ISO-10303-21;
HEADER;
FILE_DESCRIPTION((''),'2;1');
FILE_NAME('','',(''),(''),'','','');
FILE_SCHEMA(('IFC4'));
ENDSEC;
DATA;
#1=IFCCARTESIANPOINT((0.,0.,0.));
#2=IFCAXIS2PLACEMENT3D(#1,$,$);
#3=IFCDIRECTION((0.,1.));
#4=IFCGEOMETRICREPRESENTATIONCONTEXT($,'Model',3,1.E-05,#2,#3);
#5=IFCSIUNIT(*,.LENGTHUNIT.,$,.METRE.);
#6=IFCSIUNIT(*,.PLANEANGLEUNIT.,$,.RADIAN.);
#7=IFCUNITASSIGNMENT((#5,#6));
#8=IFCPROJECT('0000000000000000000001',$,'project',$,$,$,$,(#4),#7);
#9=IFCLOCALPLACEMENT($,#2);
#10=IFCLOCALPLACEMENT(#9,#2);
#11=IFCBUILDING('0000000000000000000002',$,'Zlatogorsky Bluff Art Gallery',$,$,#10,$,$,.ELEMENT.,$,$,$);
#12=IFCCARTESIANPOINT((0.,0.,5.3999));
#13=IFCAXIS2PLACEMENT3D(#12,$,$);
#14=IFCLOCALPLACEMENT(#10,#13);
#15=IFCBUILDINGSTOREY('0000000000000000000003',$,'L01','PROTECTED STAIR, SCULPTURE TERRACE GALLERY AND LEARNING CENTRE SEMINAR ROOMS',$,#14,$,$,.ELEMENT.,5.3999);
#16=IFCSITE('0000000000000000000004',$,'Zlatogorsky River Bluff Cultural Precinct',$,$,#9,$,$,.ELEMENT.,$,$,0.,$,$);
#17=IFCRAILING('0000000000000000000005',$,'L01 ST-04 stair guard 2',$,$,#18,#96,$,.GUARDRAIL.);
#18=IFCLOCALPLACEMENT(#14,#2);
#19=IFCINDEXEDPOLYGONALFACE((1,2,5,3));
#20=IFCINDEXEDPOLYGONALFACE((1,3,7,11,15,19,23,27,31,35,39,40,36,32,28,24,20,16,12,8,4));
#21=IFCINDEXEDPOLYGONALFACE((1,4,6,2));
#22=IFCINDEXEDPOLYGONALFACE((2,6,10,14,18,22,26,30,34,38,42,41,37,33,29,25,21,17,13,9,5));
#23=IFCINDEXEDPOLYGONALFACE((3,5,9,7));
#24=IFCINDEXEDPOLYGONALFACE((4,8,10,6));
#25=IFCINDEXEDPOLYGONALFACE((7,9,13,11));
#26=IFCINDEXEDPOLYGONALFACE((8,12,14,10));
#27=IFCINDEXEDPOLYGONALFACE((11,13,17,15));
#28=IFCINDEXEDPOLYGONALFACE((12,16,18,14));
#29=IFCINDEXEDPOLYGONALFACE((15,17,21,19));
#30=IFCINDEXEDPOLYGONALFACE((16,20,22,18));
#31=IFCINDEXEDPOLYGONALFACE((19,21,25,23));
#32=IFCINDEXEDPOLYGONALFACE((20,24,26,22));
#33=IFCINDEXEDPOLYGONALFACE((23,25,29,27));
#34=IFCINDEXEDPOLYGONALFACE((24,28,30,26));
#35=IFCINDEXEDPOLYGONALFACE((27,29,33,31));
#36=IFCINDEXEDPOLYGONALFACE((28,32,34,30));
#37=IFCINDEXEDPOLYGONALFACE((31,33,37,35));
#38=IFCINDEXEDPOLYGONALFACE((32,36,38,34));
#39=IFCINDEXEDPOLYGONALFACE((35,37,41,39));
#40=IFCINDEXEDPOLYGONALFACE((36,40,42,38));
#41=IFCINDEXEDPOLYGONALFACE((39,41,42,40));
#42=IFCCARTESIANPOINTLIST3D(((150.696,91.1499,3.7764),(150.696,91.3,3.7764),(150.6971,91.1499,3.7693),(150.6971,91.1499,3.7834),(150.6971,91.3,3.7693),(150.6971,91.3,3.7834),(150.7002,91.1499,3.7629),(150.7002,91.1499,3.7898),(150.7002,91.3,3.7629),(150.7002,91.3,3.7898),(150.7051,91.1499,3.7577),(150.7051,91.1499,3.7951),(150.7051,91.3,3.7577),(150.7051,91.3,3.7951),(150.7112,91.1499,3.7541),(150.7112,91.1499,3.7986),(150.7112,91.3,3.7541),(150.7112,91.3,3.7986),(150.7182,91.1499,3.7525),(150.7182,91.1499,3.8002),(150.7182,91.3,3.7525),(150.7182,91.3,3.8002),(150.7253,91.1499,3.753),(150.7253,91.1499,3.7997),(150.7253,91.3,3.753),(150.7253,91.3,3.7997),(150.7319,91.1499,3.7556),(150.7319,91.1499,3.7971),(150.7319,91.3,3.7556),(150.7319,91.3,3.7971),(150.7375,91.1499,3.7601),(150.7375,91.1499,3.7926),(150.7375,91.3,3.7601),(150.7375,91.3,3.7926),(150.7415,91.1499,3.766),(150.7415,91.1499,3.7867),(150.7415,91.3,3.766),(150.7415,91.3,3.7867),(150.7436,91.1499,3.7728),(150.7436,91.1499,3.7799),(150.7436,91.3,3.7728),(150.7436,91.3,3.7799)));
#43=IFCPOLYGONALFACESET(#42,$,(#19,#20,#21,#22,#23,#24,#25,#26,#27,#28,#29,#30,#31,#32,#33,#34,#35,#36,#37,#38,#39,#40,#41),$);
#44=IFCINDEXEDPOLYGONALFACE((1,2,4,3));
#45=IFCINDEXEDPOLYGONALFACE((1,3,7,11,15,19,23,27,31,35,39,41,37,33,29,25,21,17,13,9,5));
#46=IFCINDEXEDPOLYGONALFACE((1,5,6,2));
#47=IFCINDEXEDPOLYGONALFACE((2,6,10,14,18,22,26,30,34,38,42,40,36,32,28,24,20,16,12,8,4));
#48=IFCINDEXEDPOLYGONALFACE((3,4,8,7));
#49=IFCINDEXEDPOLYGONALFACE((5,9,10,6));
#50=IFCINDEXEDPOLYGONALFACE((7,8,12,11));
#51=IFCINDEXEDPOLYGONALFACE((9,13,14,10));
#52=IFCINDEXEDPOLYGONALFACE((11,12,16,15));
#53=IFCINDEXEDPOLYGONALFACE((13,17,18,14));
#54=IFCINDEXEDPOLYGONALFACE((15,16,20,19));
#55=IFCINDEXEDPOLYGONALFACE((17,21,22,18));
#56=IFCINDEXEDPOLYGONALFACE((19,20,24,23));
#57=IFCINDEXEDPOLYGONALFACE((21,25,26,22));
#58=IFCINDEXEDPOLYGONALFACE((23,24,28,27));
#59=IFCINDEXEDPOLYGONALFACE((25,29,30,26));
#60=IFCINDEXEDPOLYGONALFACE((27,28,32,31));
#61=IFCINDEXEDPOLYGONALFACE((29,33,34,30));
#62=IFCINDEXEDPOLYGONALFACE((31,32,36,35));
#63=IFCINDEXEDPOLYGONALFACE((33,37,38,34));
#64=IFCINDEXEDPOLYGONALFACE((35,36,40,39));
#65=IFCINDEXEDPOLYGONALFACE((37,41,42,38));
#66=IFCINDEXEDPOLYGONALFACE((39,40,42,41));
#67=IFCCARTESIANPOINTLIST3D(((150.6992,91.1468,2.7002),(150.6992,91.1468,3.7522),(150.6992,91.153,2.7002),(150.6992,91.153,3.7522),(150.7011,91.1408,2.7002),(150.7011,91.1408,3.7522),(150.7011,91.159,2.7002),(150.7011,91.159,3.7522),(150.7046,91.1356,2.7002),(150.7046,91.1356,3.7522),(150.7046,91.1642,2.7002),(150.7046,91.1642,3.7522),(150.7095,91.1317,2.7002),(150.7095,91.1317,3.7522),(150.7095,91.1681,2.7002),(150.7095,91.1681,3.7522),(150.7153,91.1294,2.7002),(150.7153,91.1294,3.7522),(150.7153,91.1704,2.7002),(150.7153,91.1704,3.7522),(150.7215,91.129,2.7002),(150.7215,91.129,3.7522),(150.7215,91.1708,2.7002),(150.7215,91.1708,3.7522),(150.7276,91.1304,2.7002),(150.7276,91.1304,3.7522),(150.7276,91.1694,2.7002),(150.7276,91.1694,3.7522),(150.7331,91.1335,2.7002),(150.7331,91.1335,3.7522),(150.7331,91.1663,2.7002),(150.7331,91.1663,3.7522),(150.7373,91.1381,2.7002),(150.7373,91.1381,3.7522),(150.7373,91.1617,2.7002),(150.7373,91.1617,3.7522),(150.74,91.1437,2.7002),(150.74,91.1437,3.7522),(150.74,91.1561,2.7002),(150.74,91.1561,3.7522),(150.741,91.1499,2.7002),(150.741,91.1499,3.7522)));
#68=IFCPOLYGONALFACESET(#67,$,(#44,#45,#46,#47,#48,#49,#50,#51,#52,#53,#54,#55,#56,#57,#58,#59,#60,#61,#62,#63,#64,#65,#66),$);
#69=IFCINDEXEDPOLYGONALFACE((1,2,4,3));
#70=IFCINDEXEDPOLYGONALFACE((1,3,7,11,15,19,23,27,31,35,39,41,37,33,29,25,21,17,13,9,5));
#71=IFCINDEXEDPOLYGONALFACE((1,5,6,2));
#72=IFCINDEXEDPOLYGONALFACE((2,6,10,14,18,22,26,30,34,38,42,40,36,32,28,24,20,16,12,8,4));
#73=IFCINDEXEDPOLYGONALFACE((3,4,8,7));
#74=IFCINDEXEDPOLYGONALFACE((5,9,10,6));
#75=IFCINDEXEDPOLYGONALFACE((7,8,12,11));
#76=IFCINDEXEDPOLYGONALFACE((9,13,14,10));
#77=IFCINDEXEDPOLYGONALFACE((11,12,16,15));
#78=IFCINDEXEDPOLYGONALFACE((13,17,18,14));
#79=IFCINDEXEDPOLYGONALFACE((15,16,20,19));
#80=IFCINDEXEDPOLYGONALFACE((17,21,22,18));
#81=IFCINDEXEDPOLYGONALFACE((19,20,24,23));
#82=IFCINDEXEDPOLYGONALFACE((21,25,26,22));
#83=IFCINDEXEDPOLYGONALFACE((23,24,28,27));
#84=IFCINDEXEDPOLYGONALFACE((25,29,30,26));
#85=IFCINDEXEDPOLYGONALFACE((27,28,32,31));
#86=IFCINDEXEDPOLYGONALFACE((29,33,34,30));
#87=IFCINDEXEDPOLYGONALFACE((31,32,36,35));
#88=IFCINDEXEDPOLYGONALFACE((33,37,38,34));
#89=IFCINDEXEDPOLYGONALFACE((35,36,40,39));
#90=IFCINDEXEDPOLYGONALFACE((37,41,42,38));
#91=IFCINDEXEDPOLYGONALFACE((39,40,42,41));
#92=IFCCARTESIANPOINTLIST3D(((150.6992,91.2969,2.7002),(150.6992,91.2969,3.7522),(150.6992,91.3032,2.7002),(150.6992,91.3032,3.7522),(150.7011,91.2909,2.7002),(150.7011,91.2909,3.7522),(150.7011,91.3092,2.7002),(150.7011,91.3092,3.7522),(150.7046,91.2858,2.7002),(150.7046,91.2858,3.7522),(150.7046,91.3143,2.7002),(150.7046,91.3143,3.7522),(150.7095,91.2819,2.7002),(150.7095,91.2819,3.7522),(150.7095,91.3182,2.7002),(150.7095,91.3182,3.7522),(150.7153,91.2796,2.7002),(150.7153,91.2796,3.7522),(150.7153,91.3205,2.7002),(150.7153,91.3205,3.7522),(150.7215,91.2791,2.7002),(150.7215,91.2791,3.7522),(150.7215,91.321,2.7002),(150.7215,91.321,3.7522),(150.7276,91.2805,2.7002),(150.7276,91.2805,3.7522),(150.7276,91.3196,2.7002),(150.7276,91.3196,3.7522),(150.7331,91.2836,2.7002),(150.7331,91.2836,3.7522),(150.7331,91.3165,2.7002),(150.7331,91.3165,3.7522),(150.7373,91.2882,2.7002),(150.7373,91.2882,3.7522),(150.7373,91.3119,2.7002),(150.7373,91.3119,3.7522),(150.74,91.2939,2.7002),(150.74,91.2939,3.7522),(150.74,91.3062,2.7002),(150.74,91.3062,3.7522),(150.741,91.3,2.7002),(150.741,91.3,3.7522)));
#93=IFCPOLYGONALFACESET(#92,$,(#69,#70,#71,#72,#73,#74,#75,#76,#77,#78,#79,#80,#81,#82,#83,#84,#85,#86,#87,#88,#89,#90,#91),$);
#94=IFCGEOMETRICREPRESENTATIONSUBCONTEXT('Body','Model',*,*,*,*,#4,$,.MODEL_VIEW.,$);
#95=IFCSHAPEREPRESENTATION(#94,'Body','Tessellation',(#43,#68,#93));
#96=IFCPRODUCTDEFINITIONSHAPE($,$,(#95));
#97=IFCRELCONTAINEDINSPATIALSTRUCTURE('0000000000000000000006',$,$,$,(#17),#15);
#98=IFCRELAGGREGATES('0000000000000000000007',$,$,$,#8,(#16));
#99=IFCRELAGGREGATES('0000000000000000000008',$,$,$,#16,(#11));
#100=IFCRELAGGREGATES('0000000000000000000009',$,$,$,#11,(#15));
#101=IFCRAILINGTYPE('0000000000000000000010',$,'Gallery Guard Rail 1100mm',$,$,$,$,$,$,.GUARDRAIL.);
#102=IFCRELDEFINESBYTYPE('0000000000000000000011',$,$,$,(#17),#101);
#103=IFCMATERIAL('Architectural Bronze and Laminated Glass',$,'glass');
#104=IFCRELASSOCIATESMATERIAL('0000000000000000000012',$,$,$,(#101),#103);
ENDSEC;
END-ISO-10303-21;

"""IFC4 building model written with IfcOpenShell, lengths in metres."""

from ifc_helpers import new_model, si_unit, direction, frame, origin, origin_2d, place, context, subcontext, project, spatial, circle, extrude, material, type_object, element, save


model = new_model("IFC4")

# Units and contexts
model_context = context("Model", 3, precision=1e-05, world=origin(), true_north=direction((0.0, 1.0)))
body_context = subcontext(model_context, "Body", "Model", "MODEL_VIEW")
ifc_project = project(units=[si_unit("LENGTHUNIT", "METRE"), si_unit("PLANEANGLEUNIT", "RADIAN")], contexts=[model_context])

# Site, building, storey
site_placement = place(None, origin())
site = spatial("IfcSite", under=ifc_project, at=site_placement, Name="Zlatogorsky River Bluff Cultural Precinct", CompositionType="ELEMENT", RefElevation=0.0)
building_placement = place(site_placement, origin())
building = spatial("IfcBuilding", under=site, at=building_placement, Name="Zlatogorsky Bluff Art Gallery", CompositionType="ELEMENT")
storey_placement = place(building_placement, frame((0.0, 0.0, 5.3999)))
storey = spatial("IfcBuildingStorey", under=building, at=storey_placement, Name="L01", Description="PROTECTED STAIR, SCULPTURE TERRACE GALLERY AND LEARNING CENTRE SEMINAR ROOMS", CompositionType="ELEMENT", Elevation=5.3999)

# Railing
ifc_material_1 = material(Name="Architectural Bronze and Laminated Glass", Category="glass")
railing_type_1 = type_object("IfcRailingType", Name="Gallery Guard Rail 1100mm", PredefinedType="GUARDRAIL", material=ifc_material_1)
railing_1_placement = place(storey_placement, frame((150.72, 91.1499, 2.7002)))
element("IfcRailing", 1, at=railing_1_placement, inside=storey, type_object=railing_type_1, Name="L01 ST-04 stair guard 2", PredefinedType="GUARDRAIL", context=body_context, shape_type="SweptSolid", body=[
    extrude(circle(Radius=0.0239, at=origin_2d()), frame((0.0, 0.0, 1.0762), z_axis=(0.0, 1.0, 0.0), x_axis=(-1.0, 0.0, 0.0)), (0.0, 0.0, 1.0), 0.1501),
    extrude(circle(Radius=0.021, at=origin_2d()), origin(), (0.0, 0.0, 1.0), 1.052),
    extrude(circle(Radius=0.021, at=origin_2d()), frame((0.0, 0.1501, 0.0)), (0.0, 0.0, 1.0), 1.052),
])

save(model, "model.ifc")
